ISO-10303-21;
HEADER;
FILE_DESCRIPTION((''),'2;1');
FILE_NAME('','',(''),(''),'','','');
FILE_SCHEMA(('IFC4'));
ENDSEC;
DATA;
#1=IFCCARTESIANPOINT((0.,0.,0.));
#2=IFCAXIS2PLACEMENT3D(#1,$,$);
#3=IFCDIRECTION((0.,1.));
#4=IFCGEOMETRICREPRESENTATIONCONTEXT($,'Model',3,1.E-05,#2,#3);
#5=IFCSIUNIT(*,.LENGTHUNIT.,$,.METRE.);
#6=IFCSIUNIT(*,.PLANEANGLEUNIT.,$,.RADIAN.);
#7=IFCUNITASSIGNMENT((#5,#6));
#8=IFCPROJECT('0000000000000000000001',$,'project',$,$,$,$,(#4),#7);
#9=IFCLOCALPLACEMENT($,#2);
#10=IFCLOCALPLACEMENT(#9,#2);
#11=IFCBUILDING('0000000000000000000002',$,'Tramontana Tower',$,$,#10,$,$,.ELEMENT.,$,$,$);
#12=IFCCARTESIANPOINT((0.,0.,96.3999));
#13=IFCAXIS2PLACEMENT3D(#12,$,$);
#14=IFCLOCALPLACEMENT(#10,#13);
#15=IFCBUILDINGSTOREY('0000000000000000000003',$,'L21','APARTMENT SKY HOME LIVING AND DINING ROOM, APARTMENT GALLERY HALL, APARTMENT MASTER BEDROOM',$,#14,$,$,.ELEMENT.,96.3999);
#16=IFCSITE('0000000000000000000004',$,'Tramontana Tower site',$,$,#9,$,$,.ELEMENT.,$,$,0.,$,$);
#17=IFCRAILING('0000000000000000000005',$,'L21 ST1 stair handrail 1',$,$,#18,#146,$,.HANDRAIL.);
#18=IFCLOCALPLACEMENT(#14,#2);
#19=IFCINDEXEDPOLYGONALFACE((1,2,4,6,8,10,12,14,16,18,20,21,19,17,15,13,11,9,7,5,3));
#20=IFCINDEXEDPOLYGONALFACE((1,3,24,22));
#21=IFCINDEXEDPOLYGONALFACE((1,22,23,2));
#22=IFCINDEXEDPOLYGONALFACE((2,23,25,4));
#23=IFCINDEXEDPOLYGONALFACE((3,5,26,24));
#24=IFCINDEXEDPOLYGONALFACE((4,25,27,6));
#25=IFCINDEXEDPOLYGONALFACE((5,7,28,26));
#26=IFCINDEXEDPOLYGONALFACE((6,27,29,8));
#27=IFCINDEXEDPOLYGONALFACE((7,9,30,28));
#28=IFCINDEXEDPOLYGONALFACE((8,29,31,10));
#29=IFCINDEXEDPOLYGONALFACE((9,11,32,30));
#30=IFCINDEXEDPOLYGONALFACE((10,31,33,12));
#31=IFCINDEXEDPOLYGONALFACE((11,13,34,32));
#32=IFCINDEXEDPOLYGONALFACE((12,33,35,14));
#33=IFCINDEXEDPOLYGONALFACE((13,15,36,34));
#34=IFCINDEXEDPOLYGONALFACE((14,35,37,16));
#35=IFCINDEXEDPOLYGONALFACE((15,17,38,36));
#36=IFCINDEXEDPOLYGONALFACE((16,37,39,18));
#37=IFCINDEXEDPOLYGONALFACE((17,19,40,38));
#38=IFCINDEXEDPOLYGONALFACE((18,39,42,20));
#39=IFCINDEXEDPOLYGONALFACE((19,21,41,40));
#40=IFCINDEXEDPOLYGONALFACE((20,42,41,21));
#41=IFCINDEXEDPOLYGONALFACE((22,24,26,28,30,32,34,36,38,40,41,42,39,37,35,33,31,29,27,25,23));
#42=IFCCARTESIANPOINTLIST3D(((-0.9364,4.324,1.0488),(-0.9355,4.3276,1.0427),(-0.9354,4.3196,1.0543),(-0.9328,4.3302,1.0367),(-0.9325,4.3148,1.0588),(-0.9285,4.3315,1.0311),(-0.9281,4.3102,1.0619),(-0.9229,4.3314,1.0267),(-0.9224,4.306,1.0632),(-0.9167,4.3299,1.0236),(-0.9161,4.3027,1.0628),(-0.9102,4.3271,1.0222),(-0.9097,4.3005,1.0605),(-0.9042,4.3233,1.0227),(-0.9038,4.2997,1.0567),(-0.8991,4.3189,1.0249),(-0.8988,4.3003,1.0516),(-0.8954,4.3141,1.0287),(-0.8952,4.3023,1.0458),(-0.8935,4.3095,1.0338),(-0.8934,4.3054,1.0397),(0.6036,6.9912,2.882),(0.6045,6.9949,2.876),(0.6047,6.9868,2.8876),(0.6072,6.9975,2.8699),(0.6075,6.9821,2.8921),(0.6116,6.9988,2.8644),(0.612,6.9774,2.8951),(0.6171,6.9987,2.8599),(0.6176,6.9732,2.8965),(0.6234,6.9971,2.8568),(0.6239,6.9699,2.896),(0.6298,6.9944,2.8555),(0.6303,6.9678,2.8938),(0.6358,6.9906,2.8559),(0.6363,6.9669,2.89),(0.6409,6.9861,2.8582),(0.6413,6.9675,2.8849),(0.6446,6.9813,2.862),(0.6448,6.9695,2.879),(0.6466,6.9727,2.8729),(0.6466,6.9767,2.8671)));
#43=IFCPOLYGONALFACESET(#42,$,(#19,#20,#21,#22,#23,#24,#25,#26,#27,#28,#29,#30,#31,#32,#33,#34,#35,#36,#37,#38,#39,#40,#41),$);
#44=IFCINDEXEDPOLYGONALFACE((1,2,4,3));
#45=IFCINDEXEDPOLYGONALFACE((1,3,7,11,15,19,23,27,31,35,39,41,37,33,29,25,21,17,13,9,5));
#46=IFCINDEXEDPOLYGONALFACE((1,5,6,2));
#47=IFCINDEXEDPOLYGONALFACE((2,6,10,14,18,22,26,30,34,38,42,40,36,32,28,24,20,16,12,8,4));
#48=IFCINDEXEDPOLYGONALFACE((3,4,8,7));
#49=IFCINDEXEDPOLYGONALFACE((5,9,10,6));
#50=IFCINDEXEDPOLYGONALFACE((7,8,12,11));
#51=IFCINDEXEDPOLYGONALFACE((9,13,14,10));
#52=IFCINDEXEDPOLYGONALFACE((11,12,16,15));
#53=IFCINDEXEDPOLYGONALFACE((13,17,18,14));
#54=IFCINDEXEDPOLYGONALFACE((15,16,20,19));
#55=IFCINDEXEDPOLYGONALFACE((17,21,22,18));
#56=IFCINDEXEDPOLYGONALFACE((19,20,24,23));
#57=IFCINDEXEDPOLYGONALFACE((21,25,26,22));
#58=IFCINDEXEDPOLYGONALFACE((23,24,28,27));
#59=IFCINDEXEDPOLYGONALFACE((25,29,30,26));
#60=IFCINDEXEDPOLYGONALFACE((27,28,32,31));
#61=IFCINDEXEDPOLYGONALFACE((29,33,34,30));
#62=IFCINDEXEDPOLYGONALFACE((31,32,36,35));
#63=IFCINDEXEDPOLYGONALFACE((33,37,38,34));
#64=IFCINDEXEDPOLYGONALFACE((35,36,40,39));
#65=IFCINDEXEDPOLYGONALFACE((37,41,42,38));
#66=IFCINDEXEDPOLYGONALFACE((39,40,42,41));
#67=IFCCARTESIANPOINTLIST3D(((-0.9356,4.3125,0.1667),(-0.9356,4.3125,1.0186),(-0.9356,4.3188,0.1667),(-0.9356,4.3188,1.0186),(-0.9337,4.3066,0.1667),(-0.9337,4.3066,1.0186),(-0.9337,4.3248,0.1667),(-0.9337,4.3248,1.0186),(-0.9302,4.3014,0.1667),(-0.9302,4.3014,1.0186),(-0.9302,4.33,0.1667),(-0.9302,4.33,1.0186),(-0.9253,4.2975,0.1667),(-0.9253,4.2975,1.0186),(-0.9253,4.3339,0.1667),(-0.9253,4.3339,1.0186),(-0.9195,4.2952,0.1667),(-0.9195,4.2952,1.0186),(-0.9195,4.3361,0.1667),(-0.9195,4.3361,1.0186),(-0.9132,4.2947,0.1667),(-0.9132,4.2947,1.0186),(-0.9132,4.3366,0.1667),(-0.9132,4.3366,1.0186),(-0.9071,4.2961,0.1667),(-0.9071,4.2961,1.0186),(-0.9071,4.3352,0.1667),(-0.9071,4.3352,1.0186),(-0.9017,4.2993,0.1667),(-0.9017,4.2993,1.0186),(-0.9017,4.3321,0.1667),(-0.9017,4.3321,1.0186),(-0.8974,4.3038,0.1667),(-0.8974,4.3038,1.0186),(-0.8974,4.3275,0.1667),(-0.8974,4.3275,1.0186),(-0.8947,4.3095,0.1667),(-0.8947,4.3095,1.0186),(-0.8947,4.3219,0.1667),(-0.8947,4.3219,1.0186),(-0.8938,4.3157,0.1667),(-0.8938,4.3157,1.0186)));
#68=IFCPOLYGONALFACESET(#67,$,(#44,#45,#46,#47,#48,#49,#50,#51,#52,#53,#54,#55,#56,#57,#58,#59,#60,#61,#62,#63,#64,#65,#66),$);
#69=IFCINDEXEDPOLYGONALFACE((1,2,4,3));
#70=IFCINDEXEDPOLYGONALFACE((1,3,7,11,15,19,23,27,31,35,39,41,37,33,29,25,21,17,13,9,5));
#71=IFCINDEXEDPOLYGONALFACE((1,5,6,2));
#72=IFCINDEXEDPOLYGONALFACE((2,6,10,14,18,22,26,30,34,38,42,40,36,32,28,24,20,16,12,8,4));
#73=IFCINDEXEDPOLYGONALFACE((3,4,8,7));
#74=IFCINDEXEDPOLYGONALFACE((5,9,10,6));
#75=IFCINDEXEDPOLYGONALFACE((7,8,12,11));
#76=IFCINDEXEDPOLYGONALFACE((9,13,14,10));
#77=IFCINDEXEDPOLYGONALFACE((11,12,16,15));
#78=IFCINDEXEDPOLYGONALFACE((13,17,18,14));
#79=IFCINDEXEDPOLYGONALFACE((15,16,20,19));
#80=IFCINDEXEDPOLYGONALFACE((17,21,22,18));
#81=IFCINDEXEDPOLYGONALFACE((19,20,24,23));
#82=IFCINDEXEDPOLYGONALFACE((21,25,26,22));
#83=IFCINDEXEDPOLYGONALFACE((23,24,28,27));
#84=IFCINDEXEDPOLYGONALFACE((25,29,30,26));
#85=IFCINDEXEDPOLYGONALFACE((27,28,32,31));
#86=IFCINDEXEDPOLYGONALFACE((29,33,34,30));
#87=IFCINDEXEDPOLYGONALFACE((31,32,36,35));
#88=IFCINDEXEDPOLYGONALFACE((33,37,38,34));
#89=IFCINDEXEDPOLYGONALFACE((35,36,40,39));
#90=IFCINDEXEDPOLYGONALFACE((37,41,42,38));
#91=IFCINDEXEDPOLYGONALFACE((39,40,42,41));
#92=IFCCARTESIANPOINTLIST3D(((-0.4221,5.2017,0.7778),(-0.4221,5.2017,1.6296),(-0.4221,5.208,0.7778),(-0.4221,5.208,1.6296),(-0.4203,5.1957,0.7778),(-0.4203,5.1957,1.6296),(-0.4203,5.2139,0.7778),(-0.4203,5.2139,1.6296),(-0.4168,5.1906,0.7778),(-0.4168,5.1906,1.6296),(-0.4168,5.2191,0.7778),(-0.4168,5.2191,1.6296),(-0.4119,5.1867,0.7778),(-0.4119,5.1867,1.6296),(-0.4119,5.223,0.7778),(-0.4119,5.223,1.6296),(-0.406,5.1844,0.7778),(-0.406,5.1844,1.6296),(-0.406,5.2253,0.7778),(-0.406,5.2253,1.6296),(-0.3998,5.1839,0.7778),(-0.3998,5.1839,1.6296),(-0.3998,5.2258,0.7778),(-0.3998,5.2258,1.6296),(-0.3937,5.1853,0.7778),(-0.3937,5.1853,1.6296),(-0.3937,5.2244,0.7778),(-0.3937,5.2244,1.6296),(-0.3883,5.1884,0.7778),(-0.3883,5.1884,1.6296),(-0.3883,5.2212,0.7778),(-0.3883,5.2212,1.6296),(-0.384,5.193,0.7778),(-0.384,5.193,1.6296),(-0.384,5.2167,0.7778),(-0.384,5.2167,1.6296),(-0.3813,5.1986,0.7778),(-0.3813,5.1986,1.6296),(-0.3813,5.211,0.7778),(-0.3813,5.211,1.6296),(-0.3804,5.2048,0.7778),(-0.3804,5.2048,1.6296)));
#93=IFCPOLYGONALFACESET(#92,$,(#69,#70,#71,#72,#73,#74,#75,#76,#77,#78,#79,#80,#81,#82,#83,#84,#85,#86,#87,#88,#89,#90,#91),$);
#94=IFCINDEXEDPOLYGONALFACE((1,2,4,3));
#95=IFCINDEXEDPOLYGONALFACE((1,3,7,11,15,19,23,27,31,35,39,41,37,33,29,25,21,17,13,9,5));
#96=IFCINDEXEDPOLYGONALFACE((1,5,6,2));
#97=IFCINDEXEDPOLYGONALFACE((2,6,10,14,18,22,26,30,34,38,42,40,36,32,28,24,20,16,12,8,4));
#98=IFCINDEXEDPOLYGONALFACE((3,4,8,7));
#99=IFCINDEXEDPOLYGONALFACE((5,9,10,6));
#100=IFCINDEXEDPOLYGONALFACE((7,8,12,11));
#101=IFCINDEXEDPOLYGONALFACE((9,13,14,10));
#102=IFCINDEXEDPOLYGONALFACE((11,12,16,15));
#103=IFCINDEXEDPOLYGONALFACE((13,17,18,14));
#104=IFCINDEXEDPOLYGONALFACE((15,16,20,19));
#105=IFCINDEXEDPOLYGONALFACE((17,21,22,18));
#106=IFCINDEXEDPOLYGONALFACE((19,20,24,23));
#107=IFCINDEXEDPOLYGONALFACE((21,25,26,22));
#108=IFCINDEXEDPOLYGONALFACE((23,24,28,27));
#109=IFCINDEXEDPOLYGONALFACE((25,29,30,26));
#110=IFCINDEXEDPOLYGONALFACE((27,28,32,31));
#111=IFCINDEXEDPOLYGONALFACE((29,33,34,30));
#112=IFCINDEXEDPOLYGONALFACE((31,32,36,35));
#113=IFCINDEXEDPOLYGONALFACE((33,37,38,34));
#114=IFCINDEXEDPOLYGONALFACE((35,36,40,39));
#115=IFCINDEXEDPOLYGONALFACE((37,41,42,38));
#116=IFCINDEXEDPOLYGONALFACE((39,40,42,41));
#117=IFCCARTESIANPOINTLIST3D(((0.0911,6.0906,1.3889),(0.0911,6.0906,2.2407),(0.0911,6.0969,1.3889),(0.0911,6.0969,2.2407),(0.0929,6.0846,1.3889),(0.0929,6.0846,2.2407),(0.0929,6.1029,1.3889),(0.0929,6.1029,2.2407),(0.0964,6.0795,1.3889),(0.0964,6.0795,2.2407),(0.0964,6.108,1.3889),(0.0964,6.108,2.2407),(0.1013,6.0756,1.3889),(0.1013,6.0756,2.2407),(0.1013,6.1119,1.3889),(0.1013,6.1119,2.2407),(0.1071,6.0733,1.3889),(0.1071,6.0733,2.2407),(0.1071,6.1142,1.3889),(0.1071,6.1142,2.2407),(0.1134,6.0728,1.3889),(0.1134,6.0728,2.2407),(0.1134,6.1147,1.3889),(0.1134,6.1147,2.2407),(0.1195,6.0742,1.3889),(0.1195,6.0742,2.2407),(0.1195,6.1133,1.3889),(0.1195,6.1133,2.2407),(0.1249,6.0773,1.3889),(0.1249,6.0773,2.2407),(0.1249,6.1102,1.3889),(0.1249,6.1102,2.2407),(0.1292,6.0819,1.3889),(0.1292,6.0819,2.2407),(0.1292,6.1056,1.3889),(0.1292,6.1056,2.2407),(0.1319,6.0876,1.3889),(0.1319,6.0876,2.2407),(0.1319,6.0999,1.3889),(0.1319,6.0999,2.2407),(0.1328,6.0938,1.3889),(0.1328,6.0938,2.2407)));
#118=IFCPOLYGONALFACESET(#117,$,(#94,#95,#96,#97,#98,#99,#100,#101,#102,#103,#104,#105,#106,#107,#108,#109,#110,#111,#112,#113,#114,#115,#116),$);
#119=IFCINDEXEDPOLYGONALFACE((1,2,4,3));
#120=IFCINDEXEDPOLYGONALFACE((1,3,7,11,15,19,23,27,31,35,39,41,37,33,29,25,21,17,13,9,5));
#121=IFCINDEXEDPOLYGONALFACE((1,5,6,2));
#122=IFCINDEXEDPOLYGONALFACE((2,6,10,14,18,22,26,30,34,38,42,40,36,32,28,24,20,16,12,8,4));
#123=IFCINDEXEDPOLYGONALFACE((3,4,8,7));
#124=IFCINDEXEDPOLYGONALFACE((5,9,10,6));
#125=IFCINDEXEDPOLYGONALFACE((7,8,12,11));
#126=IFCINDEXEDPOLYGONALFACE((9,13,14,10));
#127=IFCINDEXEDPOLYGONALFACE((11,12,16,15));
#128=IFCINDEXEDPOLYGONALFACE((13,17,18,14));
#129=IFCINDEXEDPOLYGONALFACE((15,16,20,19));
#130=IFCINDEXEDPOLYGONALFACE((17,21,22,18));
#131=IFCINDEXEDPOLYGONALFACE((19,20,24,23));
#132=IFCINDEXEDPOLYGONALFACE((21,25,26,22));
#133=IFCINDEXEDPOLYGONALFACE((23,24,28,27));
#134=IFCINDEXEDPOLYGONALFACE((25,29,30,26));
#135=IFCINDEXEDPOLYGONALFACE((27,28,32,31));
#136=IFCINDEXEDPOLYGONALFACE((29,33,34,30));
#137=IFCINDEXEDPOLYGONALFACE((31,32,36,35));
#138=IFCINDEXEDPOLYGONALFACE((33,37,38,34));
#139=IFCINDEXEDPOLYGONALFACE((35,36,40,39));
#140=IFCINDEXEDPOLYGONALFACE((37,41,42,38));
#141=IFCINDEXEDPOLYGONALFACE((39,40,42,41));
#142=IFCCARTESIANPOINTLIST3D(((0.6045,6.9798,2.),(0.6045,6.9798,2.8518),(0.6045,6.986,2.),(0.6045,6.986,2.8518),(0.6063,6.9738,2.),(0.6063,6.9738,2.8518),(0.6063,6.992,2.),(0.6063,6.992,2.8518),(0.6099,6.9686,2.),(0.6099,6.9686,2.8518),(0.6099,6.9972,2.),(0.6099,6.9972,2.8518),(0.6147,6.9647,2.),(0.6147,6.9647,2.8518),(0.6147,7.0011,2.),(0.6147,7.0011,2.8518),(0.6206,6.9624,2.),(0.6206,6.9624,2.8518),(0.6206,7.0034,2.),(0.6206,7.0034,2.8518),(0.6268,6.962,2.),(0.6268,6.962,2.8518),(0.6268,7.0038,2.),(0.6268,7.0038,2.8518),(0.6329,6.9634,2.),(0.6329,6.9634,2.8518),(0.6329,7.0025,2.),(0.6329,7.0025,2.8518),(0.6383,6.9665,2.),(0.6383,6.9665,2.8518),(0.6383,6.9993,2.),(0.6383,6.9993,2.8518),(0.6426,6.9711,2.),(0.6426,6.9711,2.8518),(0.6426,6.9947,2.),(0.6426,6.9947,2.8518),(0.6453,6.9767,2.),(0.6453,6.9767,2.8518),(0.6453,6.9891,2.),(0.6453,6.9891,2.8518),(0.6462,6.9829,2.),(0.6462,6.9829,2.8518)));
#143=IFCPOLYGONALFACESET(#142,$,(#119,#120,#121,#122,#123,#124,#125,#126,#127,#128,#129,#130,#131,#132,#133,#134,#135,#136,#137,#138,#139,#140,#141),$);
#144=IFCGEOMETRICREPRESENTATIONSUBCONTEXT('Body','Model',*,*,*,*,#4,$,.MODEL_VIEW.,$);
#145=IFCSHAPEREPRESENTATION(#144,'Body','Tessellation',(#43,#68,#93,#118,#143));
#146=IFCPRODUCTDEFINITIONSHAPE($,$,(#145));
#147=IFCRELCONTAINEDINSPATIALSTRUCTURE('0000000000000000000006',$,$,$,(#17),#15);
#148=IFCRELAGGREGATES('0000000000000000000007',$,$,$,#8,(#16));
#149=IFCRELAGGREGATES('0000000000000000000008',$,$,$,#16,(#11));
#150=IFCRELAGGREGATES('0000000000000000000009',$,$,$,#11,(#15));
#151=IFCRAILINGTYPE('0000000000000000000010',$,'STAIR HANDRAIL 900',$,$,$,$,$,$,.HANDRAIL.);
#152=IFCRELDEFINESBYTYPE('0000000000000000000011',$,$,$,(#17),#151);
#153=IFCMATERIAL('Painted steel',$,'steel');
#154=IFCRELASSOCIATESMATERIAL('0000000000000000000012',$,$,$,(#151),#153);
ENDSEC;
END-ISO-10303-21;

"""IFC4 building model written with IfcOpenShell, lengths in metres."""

from ifc_helpers import new_model, si_unit, direction, frame, origin, origin_2d, place, context, subcontext, project, spatial, circle, extrude, material, type_object, element, save


model = new_model("IFC4")

# Units and contexts
model_context = context("Model", 3, precision=1e-05, world=origin(), true_north=direction((0.0, 1.0)))
body_context = subcontext(model_context, "Body", "Model", "MODEL_VIEW")
ifc_project = project(units=[si_unit("LENGTHUNIT", "METRE"), si_unit("PLANEANGLEUNIT", "RADIAN")], contexts=[model_context])

# Site, building, storey
site_placement = place(None, origin())
site = spatial("IfcSite", under=ifc_project, at=site_placement, Name="Tramontana Tower site", CompositionType="ELEMENT", RefElevation=0.0)
building_placement = place(site_placement, origin())
building = spatial("IfcBuilding", under=site, at=building_placement, Name="Tramontana Tower", CompositionType="ELEMENT")
storey_placement = place(building_placement, frame((0.0, 0.0, 96.3999)))
storey = spatial("IfcBuildingStorey", under=building, at=storey_placement, Name="L21", Description="APARTMENT SKY HOME LIVING AND DINING ROOM, APARTMENT GALLERY HALL, APARTMENT MASTER BEDROOM", CompositionType="ELEMENT", Elevation=96.3999)

# Railing
ifc_material_1 = material(Name="Painted steel", Category="steel")
railing_type_1 = type_object("IfcRailingType", Name="STAIR HANDRAIL 900", PredefinedType="HANDRAIL", material=ifc_material_1)
railing_1_placement = place(storey_placement, frame((-0.9148, 4.3157, 0.1667)))
element("IfcRailing", 1, at=railing_1_placement, inside=storey, type_object=railing_type_1, Name="L21 ST1 stair handrail 1", PredefinedType="HANDRAIL", context=body_context, shape_type="SweptSolid", body=[
    extrude(circle(Radius=0.0239, at=origin_2d()), frame((0.0, 0.0, 0.876), z_axis=(0.429671, 0.744159, 0.511478), x_axis=(-0.86601, 0.500027, 0.0)), (0.0, 0.0, 1.0), 3.5842),
    extrude(circle(Radius=0.021, at=origin_2d()), origin(), (0.0, 0.0, 1.0), 0.8518),
    extrude(circle(Radius=0.021, at=origin_2d()), frame((0.5134, 0.8892, 0.6111)), (0.0, 0.0, 1.0), 0.8518),
    extrude(circle(Radius=0.021, at=origin_2d()), frame((1.0266, 1.7781, 1.2222)), (0.0, 0.0, 1.0), 0.8518),
    extrude(circle(Radius=0.021, at=origin_2d()), frame((1.54, 2.6672, 1.8333)), (0.0, 0.0, 1.0), 0.8518),
])

save(model, "model.ifc")
